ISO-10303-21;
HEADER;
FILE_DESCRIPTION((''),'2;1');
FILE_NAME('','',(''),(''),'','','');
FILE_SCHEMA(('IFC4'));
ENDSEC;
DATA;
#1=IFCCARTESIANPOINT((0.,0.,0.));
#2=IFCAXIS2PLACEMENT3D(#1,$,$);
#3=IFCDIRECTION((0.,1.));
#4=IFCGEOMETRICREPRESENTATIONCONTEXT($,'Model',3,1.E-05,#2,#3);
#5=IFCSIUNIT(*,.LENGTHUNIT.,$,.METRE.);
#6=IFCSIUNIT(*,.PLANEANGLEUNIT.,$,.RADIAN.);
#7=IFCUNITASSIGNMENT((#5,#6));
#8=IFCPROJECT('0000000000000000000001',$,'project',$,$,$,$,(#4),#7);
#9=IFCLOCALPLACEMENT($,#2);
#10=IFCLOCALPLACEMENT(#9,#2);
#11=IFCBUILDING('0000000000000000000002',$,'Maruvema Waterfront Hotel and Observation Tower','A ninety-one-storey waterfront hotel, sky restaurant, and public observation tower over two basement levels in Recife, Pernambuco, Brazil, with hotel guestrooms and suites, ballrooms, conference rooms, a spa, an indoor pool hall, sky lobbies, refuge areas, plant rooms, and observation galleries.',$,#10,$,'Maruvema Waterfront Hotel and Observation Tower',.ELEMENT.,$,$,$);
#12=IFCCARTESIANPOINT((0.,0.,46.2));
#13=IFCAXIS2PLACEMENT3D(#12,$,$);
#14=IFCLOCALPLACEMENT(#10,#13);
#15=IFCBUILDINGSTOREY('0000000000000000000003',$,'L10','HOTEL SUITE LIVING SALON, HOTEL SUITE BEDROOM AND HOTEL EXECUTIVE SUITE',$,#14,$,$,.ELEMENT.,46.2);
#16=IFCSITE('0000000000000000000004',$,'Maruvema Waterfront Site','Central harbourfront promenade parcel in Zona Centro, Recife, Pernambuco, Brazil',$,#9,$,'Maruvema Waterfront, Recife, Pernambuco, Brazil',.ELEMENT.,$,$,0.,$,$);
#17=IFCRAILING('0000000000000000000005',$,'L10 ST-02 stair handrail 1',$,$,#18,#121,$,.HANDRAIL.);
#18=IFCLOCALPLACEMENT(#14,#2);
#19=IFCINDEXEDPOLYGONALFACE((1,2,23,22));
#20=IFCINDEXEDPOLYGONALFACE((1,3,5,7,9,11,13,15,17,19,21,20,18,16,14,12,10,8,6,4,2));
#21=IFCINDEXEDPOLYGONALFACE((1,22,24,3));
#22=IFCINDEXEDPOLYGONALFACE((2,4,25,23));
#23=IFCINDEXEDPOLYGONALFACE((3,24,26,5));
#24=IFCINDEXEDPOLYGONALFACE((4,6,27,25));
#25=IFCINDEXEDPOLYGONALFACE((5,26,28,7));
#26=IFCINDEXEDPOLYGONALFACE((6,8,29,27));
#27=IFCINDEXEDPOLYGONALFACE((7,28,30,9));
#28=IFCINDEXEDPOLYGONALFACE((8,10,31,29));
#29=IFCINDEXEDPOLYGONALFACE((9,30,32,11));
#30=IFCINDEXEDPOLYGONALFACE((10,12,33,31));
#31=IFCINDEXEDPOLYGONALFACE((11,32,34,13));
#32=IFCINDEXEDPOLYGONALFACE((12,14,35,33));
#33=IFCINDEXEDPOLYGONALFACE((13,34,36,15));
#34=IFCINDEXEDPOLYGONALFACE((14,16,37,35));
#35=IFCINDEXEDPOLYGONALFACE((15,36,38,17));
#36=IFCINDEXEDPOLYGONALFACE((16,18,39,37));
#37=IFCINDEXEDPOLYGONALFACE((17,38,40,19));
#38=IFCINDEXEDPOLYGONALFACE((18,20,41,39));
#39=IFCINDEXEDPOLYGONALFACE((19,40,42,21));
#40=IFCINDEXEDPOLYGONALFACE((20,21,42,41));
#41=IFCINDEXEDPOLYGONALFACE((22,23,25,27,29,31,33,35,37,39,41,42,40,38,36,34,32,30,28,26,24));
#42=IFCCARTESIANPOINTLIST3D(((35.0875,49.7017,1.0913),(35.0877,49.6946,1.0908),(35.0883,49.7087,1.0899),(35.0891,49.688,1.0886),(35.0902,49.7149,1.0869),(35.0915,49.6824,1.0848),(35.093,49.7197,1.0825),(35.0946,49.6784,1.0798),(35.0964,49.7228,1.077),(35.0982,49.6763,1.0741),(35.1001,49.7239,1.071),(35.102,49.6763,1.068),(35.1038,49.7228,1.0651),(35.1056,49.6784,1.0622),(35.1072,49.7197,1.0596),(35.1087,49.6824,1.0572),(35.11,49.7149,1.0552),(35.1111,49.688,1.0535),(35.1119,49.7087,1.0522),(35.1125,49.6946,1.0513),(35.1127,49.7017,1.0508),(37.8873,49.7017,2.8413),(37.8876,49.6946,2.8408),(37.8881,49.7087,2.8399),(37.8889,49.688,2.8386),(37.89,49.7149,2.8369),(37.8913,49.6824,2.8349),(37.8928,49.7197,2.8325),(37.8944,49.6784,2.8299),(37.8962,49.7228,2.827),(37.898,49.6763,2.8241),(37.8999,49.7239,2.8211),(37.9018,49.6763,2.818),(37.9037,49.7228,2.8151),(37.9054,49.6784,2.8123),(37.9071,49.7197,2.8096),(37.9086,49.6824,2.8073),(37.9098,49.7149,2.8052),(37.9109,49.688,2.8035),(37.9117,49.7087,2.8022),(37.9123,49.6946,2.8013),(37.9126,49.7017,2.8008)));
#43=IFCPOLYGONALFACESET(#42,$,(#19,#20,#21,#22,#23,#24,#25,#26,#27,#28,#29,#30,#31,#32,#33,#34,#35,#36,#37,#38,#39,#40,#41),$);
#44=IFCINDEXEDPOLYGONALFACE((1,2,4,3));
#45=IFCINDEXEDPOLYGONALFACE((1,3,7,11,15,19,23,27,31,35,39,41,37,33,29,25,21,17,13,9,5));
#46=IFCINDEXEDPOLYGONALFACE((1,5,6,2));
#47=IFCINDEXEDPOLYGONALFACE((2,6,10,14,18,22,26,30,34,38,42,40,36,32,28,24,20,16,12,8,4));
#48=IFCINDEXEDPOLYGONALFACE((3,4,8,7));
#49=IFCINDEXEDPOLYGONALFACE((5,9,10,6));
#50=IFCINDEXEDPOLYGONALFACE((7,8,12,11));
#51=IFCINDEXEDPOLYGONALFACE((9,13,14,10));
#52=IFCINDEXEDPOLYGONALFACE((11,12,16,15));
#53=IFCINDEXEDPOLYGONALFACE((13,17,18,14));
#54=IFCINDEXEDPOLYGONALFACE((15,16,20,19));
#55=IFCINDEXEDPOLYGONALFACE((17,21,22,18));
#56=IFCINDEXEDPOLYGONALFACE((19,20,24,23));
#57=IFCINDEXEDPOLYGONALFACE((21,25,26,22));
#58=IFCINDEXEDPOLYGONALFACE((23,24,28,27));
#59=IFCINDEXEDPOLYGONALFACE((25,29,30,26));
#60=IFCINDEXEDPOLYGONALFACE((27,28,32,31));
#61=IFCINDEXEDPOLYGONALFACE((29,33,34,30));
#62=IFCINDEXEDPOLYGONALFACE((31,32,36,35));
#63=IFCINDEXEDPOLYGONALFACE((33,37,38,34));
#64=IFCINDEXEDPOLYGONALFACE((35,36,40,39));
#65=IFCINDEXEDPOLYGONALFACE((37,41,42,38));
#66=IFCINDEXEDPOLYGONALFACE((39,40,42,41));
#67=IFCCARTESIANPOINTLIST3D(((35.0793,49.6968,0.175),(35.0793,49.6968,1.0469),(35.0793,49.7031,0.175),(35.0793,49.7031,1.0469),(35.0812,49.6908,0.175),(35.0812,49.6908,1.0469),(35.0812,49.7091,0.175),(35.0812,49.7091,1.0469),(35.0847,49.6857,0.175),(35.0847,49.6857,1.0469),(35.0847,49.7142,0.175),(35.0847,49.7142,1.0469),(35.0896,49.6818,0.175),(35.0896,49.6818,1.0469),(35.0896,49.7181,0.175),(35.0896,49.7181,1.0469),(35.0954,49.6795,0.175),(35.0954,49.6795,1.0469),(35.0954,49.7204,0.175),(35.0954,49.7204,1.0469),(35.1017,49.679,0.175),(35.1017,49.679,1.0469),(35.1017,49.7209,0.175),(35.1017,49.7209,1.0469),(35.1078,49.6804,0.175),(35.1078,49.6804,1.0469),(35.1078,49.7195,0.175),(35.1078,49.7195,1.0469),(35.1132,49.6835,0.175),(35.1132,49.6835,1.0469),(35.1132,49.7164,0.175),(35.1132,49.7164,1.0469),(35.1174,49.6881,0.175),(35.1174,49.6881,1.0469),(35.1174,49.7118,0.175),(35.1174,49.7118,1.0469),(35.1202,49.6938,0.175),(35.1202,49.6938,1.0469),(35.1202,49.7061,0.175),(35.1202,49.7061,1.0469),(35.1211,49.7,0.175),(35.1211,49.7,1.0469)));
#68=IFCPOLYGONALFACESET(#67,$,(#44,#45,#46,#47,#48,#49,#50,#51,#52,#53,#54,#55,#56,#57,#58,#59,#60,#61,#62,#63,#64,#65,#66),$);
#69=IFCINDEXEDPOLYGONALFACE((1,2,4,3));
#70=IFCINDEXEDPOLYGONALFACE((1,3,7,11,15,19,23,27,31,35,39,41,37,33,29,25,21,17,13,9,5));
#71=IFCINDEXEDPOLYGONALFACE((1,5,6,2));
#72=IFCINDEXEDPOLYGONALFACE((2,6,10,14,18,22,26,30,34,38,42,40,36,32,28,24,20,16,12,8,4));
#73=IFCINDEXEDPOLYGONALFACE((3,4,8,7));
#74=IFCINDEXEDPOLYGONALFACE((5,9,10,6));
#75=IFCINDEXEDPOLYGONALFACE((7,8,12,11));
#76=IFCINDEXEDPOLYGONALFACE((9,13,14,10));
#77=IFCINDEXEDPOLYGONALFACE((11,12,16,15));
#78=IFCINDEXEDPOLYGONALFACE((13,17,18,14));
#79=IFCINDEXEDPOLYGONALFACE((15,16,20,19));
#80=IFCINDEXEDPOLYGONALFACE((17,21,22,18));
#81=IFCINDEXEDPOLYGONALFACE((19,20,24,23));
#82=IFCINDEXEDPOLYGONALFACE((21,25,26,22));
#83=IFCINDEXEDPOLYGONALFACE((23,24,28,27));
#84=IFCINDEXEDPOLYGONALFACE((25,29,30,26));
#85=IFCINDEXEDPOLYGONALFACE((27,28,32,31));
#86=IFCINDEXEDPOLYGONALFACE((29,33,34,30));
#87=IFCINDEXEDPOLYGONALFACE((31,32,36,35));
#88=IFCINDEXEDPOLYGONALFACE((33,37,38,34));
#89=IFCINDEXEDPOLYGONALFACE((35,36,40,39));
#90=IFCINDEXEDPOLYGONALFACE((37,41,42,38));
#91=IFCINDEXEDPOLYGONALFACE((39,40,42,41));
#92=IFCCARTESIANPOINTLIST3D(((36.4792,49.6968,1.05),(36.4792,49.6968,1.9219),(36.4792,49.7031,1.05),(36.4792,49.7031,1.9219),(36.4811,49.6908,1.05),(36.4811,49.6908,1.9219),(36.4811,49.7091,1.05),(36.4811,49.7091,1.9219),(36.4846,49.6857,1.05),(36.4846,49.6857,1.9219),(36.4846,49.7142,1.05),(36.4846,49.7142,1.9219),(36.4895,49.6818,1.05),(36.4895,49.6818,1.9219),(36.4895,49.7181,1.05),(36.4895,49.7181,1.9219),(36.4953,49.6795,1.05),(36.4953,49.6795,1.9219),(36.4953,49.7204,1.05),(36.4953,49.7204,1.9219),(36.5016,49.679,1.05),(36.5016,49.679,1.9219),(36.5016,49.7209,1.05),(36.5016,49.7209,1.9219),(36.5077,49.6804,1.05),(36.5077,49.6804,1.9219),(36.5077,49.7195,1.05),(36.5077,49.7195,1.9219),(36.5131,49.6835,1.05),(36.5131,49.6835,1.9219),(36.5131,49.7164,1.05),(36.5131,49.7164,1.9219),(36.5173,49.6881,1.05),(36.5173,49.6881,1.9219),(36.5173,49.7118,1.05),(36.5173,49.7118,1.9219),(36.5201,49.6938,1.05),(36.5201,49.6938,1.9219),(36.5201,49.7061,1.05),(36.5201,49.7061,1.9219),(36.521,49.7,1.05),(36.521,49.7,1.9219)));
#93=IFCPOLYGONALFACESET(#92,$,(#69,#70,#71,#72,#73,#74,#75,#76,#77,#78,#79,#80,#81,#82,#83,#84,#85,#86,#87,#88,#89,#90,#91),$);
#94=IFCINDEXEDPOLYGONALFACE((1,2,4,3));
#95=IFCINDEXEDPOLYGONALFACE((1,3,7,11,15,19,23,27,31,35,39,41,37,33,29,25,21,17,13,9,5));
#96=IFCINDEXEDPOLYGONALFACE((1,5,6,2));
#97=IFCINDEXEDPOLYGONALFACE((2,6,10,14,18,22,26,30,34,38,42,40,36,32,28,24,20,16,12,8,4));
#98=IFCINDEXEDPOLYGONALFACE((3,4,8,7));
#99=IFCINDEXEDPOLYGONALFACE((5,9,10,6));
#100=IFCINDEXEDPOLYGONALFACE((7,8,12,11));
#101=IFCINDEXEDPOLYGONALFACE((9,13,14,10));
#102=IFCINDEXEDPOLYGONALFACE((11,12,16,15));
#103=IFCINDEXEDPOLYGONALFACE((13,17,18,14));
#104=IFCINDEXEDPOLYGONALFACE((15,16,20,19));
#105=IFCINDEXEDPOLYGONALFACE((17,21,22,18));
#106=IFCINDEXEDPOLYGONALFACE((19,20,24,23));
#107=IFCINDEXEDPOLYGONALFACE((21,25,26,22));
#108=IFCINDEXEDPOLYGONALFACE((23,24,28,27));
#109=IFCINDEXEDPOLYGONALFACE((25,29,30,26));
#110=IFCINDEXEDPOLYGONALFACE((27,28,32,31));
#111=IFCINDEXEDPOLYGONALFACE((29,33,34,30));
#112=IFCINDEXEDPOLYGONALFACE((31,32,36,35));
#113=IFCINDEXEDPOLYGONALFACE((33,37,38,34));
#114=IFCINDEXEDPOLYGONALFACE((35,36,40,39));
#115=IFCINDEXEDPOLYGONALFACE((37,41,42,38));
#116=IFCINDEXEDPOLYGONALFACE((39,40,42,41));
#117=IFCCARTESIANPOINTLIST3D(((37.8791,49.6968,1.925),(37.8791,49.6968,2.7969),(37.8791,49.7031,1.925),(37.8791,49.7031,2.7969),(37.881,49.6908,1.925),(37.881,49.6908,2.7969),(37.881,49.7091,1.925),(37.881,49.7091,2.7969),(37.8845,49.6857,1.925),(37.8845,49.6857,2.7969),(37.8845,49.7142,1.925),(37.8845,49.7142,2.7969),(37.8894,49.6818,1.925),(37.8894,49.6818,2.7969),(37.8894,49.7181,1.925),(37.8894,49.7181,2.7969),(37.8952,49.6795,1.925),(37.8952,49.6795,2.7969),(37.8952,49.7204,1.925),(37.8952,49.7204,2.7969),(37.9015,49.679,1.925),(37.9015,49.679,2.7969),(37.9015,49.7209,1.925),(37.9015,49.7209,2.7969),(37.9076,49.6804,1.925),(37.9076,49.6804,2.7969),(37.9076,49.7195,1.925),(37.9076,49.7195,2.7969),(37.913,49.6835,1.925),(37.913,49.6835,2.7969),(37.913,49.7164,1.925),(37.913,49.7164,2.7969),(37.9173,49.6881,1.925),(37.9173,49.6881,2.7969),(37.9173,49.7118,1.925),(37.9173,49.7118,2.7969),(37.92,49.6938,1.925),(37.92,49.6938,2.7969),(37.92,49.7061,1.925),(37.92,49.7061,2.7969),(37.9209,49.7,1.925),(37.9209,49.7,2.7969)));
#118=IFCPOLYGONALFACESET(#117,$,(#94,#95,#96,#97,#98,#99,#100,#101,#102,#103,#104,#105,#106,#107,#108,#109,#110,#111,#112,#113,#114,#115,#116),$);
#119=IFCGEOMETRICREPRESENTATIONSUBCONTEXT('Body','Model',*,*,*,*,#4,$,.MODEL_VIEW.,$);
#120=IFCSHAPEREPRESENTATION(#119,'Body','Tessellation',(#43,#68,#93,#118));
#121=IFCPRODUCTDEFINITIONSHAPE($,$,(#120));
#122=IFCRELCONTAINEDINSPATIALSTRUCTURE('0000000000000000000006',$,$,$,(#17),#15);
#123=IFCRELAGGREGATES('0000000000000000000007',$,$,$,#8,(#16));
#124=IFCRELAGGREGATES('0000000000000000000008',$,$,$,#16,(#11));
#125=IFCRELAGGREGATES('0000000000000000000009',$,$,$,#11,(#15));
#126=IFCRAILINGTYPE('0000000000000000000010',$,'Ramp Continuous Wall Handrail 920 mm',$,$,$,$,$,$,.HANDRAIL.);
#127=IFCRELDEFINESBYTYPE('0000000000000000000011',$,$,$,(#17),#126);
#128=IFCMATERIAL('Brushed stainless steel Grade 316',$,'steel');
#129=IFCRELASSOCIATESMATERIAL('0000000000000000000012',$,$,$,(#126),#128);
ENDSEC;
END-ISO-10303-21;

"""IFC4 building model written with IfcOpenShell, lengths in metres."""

from ifc_helpers import new_model, si_unit, direction, frame, origin, origin_2d, place, context, subcontext, project, spatial, circle, extrude, material, type_object, element, save


model = new_model("IFC4")

# Units and contexts
model_context = context("Model", 3, precision=1e-05, world=origin(), true_north=direction((0.0, 1.0)))
body_context = subcontext(model_context, "Body", "Model", "MODEL_VIEW")
ifc_project = project(units=[si_unit("LENGTHUNIT", "METRE"), si_unit("PLANEANGLEUNIT", "RADIAN")], contexts=[model_context])

# Site, building, storey
site_placement = place(None, origin())
site = spatial("IfcSite", under=ifc_project, at=site_placement, Name="Maruvema Waterfront Site", Description="Central harbourfront promenade parcel in Zona Centro, Recife, Pernambuco, Brazil", LongName="Maruvema Waterfront, Recife, Pernambuco, Brazil", CompositionType="ELEMENT", RefElevation=0.0)
building_placement = place(site_placement, origin())
building = spatial("IfcBuilding", under=site, at=building_placement, Name="Maruvema Waterfront Hotel and Observation Tower", Description="A ninety-one-storey waterfront hotel, sky restaurant, and public observation tower over two basement levels in Recife, Pernambuco, Brazil, with hotel guestrooms and suites, ballrooms, conference rooms, a spa, an indoor pool hall, sky lobbies, refuge areas, plant rooms, and observation galleries.", LongName="Maruvema Waterfront Hotel and Observation Tower", CompositionType="ELEMENT")
storey_placement = place(building_placement, frame((0.0, 0.0, 46.2)))
storey = spatial("IfcBuildingStorey", under=building, at=storey_placement, Name="L10", Description="HOTEL SUITE LIVING SALON, HOTEL SUITE BEDROOM AND HOTEL EXECUTIVE SUITE", CompositionType="ELEMENT", Elevation=46.2)

# Railing
ifc_material_1 = material(Name="Brushed stainless steel Grade 316", Category="steel")
railing_type_1 = type_object("IfcRailingType", Name="Ramp Continuous Wall Handrail 920 mm", PredefinedType="HANDRAIL", material=ifc_material_1)
railing_1_placement = place(storey_placement, frame((35.1001, 49.7, 0.175)))
element("IfcRailing", 1, at=railing_1_placement, inside=storey, type_object=railing_type_1, Name="L10 ST-02 stair handrail 1", PredefinedType="HANDRAIL", context=body_context, shape_type="SweptSolid", body=[
    extrude(circle(Radius=0.0239, at=origin_2d()), frame((0.0, 0.0, 0.896), z_axis=(0.847982, 0.0, 0.530026), x_axis=(0.0, 1.0, 0.0)), (0.0, 0.0, 1.0), 3.3018),
    extrude(circle(Radius=0.021, at=origin_2d()), origin(), (0.0, 0.0, 1.0), 0.8718),
    extrude(circle(Radius=0.021, at=origin_2d()), frame((1.3999, 0.0, 0.875)), (0.0, 0.0, 1.0), 0.8718),
    extrude(circle(Radius=0.021, at=origin_2d()), frame((2.7998, 0.0, 1.75)), (0.0, 0.0, 1.0), 0.8718),
])

save(model, "model.ifc")
